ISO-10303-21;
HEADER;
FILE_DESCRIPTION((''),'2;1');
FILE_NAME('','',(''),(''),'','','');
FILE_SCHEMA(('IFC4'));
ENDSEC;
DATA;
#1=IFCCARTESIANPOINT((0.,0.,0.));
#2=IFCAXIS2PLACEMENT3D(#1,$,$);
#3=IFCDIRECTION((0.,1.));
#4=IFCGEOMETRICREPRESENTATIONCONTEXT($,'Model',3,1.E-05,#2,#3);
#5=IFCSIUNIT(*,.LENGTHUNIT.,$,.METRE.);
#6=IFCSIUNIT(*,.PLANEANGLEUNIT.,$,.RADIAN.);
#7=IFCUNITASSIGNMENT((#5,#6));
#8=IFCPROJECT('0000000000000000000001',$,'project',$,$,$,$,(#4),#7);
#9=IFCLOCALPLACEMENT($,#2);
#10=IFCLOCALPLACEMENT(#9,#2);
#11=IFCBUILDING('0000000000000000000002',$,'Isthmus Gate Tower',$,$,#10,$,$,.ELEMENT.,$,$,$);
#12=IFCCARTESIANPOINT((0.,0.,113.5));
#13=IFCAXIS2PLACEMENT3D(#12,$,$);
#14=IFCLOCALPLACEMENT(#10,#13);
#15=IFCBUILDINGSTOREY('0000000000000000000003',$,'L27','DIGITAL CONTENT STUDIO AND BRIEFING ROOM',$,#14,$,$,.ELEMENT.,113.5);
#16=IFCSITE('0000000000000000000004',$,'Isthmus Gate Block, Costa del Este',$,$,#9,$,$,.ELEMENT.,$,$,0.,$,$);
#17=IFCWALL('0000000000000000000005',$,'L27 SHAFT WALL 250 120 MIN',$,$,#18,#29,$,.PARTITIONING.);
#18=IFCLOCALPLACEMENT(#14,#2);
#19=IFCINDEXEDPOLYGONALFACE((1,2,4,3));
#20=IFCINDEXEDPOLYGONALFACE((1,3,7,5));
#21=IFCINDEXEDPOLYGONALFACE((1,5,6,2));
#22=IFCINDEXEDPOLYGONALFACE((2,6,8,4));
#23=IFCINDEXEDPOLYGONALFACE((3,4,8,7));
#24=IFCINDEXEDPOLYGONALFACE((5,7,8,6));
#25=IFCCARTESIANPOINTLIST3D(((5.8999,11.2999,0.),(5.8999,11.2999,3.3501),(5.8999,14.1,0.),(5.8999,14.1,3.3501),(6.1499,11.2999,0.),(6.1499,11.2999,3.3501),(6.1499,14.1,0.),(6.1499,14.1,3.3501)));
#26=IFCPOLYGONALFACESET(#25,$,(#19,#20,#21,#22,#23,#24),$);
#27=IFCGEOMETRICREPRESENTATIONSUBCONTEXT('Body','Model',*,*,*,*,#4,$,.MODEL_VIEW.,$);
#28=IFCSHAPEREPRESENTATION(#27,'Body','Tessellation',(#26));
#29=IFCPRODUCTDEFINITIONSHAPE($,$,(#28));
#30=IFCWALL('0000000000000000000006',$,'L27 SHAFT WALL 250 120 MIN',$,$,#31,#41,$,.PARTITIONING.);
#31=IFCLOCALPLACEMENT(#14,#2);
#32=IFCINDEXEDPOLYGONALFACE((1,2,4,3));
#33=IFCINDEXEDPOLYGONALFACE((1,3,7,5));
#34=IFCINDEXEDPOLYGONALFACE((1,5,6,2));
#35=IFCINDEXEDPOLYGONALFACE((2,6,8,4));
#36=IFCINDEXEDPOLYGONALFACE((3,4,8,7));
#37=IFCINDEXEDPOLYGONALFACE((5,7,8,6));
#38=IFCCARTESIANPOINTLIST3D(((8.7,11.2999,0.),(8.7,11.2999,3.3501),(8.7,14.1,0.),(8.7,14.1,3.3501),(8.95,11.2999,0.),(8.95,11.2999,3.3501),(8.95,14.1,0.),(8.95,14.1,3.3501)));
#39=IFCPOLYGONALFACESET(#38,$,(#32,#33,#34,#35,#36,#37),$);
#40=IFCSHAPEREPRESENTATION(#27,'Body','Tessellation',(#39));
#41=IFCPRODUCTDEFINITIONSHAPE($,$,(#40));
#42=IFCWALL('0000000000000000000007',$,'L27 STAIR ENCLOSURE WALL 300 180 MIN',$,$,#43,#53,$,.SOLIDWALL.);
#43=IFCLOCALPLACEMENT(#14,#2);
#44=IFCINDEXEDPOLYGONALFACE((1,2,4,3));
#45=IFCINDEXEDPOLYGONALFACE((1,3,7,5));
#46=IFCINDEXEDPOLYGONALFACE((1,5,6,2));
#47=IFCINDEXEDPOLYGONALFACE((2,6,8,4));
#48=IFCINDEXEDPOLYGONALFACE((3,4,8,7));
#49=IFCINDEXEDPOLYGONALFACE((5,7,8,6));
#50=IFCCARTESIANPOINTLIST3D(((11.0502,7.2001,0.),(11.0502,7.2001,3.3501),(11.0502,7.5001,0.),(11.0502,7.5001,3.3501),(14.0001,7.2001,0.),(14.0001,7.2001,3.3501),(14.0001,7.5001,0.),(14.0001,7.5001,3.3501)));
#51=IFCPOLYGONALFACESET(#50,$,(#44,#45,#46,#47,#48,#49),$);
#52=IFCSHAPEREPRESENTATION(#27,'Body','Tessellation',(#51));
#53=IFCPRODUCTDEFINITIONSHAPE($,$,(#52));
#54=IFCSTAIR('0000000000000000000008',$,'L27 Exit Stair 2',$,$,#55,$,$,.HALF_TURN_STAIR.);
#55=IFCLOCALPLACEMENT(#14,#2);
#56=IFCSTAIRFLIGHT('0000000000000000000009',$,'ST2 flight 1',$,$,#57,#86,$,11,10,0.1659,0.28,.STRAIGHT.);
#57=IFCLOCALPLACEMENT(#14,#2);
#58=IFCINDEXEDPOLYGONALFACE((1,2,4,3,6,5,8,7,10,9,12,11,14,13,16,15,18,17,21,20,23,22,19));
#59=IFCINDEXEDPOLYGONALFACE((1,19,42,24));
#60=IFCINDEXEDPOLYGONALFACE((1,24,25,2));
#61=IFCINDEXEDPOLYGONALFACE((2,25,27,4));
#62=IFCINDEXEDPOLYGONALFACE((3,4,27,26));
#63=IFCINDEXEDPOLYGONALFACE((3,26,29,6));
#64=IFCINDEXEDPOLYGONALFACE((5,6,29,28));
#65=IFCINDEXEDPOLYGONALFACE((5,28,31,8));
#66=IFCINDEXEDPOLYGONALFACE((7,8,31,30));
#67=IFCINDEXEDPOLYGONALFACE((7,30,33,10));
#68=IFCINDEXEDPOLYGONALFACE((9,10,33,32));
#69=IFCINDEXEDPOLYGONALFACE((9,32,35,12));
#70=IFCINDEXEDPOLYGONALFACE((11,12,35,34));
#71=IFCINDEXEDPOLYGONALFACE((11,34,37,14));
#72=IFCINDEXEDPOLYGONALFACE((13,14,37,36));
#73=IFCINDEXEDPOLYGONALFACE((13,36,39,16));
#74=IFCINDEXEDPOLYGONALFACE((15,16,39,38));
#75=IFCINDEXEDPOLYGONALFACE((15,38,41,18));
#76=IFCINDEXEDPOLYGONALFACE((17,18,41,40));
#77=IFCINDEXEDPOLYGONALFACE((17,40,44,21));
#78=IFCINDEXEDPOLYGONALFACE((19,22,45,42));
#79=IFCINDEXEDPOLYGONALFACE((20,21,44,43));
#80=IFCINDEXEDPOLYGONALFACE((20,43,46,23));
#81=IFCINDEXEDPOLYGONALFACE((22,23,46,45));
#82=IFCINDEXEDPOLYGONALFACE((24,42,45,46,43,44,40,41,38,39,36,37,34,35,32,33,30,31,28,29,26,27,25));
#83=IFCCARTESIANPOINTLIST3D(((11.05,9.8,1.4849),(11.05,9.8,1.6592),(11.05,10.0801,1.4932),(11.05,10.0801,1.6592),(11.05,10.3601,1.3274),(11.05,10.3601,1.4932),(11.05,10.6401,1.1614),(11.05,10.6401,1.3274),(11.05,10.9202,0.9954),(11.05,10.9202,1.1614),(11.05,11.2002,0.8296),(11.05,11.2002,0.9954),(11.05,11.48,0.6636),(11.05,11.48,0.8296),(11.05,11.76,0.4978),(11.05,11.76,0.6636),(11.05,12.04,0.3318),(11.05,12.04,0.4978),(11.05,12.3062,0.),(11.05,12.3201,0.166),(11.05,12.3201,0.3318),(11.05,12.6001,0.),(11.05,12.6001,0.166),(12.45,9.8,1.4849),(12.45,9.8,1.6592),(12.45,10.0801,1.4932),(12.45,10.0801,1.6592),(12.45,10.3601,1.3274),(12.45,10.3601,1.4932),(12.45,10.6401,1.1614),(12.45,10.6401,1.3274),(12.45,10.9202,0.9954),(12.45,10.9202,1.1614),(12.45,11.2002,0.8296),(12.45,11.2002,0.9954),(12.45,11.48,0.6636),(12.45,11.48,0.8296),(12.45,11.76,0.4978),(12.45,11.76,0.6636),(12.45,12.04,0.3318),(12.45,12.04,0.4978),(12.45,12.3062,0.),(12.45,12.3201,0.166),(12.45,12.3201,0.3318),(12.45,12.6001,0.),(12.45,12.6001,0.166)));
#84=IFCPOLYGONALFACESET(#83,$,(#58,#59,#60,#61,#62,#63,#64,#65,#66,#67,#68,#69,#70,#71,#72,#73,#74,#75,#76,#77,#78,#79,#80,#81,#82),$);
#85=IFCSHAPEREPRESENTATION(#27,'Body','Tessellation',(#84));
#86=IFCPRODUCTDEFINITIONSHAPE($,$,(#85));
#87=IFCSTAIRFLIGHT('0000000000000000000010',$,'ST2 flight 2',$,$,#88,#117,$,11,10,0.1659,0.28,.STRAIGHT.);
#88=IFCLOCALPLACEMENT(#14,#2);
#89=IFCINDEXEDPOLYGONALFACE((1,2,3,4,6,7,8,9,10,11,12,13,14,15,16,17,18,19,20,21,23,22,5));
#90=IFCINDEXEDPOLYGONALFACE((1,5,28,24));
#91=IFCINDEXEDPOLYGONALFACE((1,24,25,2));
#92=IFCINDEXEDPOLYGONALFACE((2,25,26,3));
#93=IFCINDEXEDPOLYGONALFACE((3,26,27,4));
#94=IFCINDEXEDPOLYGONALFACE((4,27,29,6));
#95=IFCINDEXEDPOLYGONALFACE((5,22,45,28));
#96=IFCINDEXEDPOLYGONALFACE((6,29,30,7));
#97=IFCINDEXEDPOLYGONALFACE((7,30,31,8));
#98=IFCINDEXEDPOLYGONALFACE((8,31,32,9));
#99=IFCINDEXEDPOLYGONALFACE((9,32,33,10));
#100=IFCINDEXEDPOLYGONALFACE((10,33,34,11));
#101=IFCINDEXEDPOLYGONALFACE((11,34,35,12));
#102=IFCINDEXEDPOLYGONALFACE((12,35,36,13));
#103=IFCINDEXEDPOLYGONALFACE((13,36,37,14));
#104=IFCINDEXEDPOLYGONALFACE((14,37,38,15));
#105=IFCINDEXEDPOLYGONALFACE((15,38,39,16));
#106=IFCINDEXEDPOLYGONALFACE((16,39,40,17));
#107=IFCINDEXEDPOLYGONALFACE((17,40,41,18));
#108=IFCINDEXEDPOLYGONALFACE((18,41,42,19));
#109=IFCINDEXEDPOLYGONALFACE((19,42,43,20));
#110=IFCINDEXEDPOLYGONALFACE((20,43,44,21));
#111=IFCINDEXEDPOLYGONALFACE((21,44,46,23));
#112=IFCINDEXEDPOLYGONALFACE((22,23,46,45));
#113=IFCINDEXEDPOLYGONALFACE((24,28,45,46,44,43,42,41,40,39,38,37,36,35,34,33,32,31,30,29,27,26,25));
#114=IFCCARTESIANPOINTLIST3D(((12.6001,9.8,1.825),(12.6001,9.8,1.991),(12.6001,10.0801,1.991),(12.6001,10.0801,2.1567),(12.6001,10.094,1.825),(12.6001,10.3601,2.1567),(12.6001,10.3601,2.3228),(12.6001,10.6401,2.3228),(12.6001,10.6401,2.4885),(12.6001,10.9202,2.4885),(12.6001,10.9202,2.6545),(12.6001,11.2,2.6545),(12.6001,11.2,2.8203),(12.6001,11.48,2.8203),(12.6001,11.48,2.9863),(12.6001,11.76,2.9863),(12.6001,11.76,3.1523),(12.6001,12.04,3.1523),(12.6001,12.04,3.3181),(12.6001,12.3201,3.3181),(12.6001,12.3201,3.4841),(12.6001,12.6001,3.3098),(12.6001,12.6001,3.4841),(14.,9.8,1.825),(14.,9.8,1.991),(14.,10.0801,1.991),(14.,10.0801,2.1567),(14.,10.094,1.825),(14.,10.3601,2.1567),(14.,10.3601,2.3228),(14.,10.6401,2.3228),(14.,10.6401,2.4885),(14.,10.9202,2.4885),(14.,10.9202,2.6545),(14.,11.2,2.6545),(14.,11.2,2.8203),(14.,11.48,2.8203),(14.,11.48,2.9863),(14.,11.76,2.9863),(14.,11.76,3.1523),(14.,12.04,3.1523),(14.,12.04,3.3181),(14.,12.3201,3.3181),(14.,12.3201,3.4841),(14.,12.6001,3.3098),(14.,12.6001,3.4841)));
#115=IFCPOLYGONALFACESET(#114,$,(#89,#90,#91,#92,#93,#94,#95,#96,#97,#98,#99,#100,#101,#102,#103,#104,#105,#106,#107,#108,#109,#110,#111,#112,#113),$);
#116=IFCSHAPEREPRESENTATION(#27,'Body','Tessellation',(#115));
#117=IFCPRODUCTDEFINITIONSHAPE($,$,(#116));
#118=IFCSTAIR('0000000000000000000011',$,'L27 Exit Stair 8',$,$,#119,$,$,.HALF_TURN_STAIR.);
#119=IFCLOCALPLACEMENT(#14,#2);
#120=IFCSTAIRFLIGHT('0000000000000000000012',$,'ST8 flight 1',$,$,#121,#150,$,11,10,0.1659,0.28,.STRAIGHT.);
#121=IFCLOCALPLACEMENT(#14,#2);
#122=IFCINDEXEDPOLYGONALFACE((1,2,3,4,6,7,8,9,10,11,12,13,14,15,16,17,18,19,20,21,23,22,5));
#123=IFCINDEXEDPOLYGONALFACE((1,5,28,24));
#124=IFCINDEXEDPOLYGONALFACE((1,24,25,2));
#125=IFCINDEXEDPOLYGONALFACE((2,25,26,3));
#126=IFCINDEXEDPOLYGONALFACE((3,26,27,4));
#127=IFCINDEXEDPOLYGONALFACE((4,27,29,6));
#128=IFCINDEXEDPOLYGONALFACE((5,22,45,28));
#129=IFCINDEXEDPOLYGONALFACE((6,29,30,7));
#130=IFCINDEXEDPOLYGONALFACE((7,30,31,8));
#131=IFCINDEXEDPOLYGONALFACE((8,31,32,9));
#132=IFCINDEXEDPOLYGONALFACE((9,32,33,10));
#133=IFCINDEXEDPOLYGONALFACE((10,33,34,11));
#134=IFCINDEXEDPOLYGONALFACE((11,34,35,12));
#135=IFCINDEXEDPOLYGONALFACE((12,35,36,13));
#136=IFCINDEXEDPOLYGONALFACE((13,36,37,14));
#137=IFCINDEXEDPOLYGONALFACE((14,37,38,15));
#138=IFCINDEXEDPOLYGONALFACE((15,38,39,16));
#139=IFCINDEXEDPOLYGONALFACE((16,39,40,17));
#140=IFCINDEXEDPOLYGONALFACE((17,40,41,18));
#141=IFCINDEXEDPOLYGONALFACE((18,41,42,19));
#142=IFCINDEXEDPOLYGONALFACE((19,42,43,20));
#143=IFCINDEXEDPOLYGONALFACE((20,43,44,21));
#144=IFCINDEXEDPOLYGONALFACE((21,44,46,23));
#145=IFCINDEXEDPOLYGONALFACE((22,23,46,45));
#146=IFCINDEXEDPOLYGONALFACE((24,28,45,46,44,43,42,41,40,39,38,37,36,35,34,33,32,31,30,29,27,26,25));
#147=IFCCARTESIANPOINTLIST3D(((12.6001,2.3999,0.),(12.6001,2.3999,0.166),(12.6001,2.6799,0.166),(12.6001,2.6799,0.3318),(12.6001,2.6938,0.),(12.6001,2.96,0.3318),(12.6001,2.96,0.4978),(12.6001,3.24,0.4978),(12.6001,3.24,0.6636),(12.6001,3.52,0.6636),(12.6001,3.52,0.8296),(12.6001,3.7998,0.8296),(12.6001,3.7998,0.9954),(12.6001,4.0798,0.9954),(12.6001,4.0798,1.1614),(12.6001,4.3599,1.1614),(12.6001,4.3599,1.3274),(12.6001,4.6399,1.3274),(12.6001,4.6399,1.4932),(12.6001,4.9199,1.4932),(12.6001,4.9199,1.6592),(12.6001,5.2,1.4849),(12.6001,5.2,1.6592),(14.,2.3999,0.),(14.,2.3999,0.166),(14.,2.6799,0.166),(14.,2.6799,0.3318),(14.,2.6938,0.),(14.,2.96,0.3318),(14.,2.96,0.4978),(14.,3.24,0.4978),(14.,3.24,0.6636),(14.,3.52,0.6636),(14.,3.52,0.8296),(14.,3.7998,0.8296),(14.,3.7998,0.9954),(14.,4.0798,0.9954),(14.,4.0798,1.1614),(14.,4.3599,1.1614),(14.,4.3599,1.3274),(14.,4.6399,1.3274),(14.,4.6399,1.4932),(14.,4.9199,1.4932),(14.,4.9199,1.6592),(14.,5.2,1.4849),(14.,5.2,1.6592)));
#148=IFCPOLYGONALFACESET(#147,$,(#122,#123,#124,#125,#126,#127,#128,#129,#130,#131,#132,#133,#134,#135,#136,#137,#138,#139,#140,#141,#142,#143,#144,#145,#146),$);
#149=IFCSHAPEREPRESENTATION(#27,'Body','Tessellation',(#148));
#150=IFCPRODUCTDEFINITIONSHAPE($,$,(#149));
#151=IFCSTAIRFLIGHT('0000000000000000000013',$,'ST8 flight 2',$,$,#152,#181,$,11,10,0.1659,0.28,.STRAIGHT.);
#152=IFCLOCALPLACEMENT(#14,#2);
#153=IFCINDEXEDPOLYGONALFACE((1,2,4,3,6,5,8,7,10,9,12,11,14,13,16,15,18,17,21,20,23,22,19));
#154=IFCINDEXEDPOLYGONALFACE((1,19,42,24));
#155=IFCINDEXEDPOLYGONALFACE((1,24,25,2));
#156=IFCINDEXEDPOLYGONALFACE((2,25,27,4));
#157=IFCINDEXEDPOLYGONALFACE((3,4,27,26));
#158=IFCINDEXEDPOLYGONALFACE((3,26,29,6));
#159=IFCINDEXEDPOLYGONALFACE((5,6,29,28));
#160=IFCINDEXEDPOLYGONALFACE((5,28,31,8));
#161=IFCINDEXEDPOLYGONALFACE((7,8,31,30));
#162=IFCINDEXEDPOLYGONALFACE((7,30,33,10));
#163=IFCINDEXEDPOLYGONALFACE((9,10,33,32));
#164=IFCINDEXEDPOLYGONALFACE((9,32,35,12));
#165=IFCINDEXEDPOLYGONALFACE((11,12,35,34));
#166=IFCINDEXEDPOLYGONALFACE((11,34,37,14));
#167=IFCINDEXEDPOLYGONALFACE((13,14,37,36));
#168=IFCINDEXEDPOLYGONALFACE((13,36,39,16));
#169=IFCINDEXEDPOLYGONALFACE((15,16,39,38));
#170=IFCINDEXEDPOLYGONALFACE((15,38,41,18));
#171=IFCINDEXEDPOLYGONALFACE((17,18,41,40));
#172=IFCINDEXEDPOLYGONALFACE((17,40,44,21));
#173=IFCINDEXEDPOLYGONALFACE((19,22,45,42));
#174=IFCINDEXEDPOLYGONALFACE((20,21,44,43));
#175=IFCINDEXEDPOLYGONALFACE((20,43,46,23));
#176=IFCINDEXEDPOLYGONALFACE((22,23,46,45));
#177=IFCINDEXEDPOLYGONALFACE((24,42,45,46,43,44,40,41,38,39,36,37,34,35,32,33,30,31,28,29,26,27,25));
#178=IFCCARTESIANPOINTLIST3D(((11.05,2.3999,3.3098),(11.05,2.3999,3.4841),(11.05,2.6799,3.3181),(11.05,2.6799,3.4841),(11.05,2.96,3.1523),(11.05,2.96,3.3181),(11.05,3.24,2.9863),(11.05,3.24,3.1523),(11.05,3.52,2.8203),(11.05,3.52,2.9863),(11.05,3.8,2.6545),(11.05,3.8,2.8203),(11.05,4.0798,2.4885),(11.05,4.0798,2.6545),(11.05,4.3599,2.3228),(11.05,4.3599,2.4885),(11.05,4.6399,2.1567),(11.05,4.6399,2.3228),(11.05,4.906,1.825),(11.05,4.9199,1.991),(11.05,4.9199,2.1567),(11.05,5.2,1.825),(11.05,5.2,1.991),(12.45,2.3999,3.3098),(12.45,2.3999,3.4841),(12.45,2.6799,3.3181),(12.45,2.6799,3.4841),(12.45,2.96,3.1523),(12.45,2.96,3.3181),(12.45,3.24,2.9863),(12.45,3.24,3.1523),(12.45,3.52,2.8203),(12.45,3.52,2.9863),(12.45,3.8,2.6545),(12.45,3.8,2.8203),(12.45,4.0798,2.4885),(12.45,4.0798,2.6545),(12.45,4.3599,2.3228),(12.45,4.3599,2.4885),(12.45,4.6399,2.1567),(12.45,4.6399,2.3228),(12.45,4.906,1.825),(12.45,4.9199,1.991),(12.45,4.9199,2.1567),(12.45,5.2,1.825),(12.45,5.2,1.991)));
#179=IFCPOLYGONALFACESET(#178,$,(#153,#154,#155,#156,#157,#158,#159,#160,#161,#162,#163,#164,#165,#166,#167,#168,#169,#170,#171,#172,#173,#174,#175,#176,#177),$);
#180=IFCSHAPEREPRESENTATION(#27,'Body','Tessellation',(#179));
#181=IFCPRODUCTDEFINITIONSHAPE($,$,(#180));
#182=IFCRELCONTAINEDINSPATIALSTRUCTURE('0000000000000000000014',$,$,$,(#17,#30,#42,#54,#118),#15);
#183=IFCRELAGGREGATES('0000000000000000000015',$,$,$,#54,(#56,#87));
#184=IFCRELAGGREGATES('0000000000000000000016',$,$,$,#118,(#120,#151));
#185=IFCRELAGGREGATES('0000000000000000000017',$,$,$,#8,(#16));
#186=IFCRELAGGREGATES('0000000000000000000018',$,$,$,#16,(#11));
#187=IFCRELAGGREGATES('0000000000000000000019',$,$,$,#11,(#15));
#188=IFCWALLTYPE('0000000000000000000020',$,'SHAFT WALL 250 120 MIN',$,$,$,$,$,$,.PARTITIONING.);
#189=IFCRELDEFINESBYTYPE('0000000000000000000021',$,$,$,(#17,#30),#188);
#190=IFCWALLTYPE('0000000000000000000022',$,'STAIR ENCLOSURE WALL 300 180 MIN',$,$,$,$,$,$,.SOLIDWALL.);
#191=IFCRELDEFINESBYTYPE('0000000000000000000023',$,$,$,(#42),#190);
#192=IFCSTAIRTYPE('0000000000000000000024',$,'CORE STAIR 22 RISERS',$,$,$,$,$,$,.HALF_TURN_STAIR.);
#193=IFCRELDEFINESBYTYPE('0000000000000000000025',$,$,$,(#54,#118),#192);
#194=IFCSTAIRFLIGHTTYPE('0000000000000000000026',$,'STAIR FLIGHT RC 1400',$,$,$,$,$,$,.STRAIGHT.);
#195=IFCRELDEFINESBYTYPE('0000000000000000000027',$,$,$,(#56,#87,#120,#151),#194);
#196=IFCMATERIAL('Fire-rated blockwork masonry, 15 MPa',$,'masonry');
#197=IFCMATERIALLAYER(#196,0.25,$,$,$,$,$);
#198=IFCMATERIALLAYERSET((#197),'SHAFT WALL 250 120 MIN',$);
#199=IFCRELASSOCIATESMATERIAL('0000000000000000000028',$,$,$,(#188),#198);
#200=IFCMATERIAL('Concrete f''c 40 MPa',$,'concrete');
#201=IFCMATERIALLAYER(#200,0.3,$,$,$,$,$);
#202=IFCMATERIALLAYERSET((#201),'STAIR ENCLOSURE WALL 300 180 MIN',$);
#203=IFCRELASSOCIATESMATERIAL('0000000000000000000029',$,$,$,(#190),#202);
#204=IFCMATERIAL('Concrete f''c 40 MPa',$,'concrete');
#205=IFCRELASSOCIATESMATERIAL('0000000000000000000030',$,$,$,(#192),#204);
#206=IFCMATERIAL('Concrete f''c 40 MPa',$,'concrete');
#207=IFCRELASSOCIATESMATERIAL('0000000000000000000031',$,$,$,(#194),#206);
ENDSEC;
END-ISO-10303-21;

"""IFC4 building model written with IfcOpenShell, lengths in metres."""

from ifc_helpers import new_model, si_unit, direction, frame, frame_2d, origin, place, context, subcontext, project, spatial, polyline, rectangle, outline, extrude, material, layer, layer_set, type_object, element, aggregate, save


model = new_model("IFC4")

# Units and contexts
model_context = context("Model", 3, precision=1e-05, world=origin(), true_north=direction((0.0, 1.0)))
body_context = subcontext(model_context, "Body", "Model", "MODEL_VIEW")
ifc_project = project(units=[si_unit("LENGTHUNIT", "METRE"), si_unit("PLANEANGLEUNIT", "RADIAN")], contexts=[model_context])

# Site, building, storey
site_placement = place(None, origin())
site = spatial("IfcSite", under=ifc_project, at=site_placement, Name="Isthmus Gate Block, Costa del Este", CompositionType="ELEMENT", RefElevation=0.0)
building_placement = place(site_placement, origin())
building = spatial("IfcBuilding", under=site, at=building_placement, Name="Isthmus Gate Tower", CompositionType="ELEMENT")
storey_placement = place(building_placement, frame((0.0, 0.0, 113.5)))
storey = spatial("IfcBuildingStorey", under=building, at=storey_placement, Name="L27", Description="DIGITAL CONTENT STUDIO AND BRIEFING ROOM", CompositionType="ELEMENT", Elevation=113.5)

# Walls
ifc_material_1 = material(Name="Fire-rated blockwork masonry, 15 MPa", Category="masonry")
ifc_layer_1 = layer(ifc_material_1, 0.25)
ifc_layer_set_1 = layer_set([ifc_layer_1], Name="SHAFT WALL 250 120 MIN")
wall_type_1 = type_object("IfcWallType", Name="SHAFT WALL 250 120 MIN", PredefinedType="PARTITIONING", material=ifc_layer_set_1)
for number, where, z_axis, x_axis, name in (
    (1, (6.0249, 11.3, 0.0), (0.0, 0.0, 1.0), (0.0, 1.0, 0.0), "L27 SHAFT WALL 250 120 MIN"),
    (2, (8.825, 11.3, 0.0), (0.0, 0.0, 1.0), (0.0, 1.0, 0.0), "L27 SHAFT WALL 250 120 MIN"),
):
    element("IfcWall", number, at=place(storey_placement, frame(where, z_axis=z_axis, x_axis=x_axis)), inside=storey, type_object=wall_type_1, Name=name, PredefinedType="PARTITIONING", context=body_context, shape_type="SweptSolid", body=[
        extrude(rectangle(XDim=2.8, YDim=0.25, at=frame_2d((1.3999, 0.0))), origin(), (0.0, 0.0, 1.0), 3.3501),
    ])
ifc_material_2 = material(Name="Concrete f'c 40 MPa", Category="concrete")
ifc_layer_2 = layer(ifc_material_2, 0.3)
ifc_layer_set_2 = layer_set([ifc_layer_2], Name="STAIR ENCLOSURE WALL 300 180 MIN")
wall_type_2 = type_object("IfcWallType", Name="STAIR ENCLOSURE WALL 300 180 MIN", PredefinedType="SOLIDWALL", material=ifc_layer_set_2)
wall_1_placement = place(storey_placement, frame((11.05, 7.3501, 0.0), z_axis=(0.0, 0.0, 1.0), x_axis=(1.0, 0.0, 0.0)))
element("IfcWall", 3, at=wall_1_placement, inside=storey, type_object=wall_type_2, Name="L27 STAIR ENCLOSURE WALL 300 180 MIN", PredefinedType="SOLIDWALL", context=body_context, shape_type="SweptSolid", body=[
    extrude(rectangle(XDim=2.95, YDim=0.3, at=frame_2d((1.4751, 0.0))), origin(), (0.0, 0.0, 1.0), 3.3501),
])

# Stairs, stair flights
ifc_material_3 = material(Name="Concrete f'c 40 MPa", Category="concrete")
stair_type = type_object("IfcStairType", Name="CORE STAIR 22 RISERS", PredefinedType="HALF_TURN_STAIR", material=ifc_material_3)
stair_1_placement = place(storey_placement, origin())
stair_1 = element("IfcStair", 4, at=stair_1_placement, inside=storey, type_object=stair_type, Name="L27 Exit Stair 2", PredefinedType="HALF_TURN_STAIR")
ifc_material_4 = material(Name="Concrete f'c 40 MPa", Category="concrete")
stair_flight_type = type_object("IfcStairFlightType", Name="STAIR FLIGHT RC 1400", PredefinedType="STRAIGHT", material=ifc_material_4)
stair_flight_1_placement = place(storey_placement, frame((11.75, 12.6001, 0.0), z_axis=(0.0, 0.0, 1.0), x_axis=(0.0, -1.0, 0.0)))
stair_flight_1 = element("IfcStairFlight", 5, at=stair_flight_1_placement, type_object=stair_flight_type, Name="ST2 flight 1", NumberOfRisers=11, NumberOfTreads=10, PredefinedType="STRAIGHT", RiserHeight=0.1659, TreadLength=0.28, context=body_context, shape_type="SweptSolid", body=[
    extrude(outline(polyline([(0.0, 0.0), (0.0, 0.166), (0.28, 0.166), (0.28, 0.3318), (0.5601, 0.3318), (0.5601, 0.4978), (0.8401, 0.4978), (0.8401, 0.6636), (1.1201, 0.6636), (1.1201, 0.8296), (1.3999, 0.8296), (1.3999, 0.9954), (1.6799, 0.9954), (1.6799, 1.1614), (1.96, 1.1614), (1.96, 1.3274), (2.24, 1.3274), (2.24, 1.4932), (2.52, 1.4932), (2.52, 1.6592), (2.8, 1.6592), (2.8, 1.825), (2.8, 1.4849), (0.2939, 0.0), (0.0, 0.0)])), frame((0.0, 0.7, 0.0), z_axis=(0.0, -1.0, 0.0), x_axis=(1.0, 0.0, 0.0)), (0.0, 0.0, 1.0), 1.3999),
])
stair_flight_2_placement = place(storey_placement, frame((13.3, 9.8, 1.825), z_axis=(0.0, 0.0, 1.0), x_axis=(0.0, 1.0, 0.0)))
stair_flight_2 = element("IfcStairFlight", 6, at=stair_flight_2_placement, type_object=stair_flight_type, Name="ST2 flight 2", NumberOfRisers=11, NumberOfTreads=10, PredefinedType="STRAIGHT", RiserHeight=0.1659, TreadLength=0.28, context=body_context, shape_type="SweptSolid", body=[
    extrude(outline(polyline([(0.0, 0.0), (0.0, 0.166), (0.28, 0.166), (0.28, 0.3318), (0.5601, 0.3318), (0.5601, 0.4978), (0.8401, 0.4978), (0.8401, 0.6636), (1.1201, 0.6636), (1.1201, 0.8296), (1.3999, 0.8296), (1.3999, 0.9954), (1.6799, 0.9954), (1.6799, 1.1614), (1.96, 1.1614), (1.96, 1.3274), (2.24, 1.3274), (2.24, 1.4932), (2.52, 1.4932), (2.52, 1.6592), (2.8, 1.6592), (2.8, 1.825), (2.8, 1.4849), (0.2939, 0.0), (0.0, 0.0)])), frame((0.0, 0.7, 0.0), z_axis=(0.0, -1.0, 0.0), x_axis=(1.0, 0.0, 0.0)), (0.0, 0.0, 1.0), 1.3999),
])
aggregate(stair_1, [stair_flight_1, stair_flight_2])
stair_2_placement = place(storey_placement, origin())
stair_2 = element("IfcStair", 7, at=stair_2_placement, inside=storey, type_object=stair_type, Name="L27 Exit Stair 8", PredefinedType="HALF_TURN_STAIR")
stair_flight_3_placement = place(storey_placement, frame((13.3, 2.3999, 0.0), z_axis=(0.0, 0.0, 1.0), x_axis=(0.0, 1.0, 0.0)))
stair_flight_3 = element("IfcStairFlight", 8, at=stair_flight_3_placement, type_object=stair_flight_type, Name="ST8 flight 1", NumberOfRisers=11, NumberOfTreads=10, PredefinedType="STRAIGHT", RiserHeight=0.1659, TreadLength=0.28, context=body_context, shape_type="SweptSolid", body=[
    extrude(outline(polyline([(0.0, 0.0), (0.0, 0.166), (0.28, 0.166), (0.28, 0.3318), (0.5601, 0.3318), (0.5601, 0.4978), (0.8401, 0.4978), (0.8401, 0.6636), (1.1201, 0.6636), (1.1201, 0.8296), (1.3999, 0.8296), (1.3999, 0.9954), (1.6799, 0.9954), (1.6799, 1.1614), (1.96, 1.1614), (1.96, 1.3274), (2.24, 1.3274), (2.24, 1.4932), (2.52, 1.4932), (2.52, 1.6592), (2.8, 1.6592), (2.8, 1.825), (2.8, 1.4849), (0.2939, 0.0), (0.0, 0.0)])), frame((0.0, 0.7, 0.0), z_axis=(0.0, -1.0, 0.0), x_axis=(1.0, 0.0, 0.0)), (0.0, 0.0, 1.0), 1.3999),
])
stair_flight_4_placement = place(storey_placement, frame((11.75, 5.2, 1.825), z_axis=(0.0, 0.0, 1.0), x_axis=(0.0, -1.0, 0.0)))
stair_flight_4 = element("IfcStairFlight", 9, at=stair_flight_4_placement, type_object=stair_flight_type, Name="ST8 flight 2", NumberOfRisers=11, NumberOfTreads=10, PredefinedType="STRAIGHT", RiserHeight=0.1659, TreadLength=0.28, context=body_context, shape_type="SweptSolid", body=[
    extrude(outline(polyline([(0.0, 0.0), (0.0, 0.166), (0.28, 0.166), (0.28, 0.3318), (0.5601, 0.3318), (0.5601, 0.4978), (0.8401, 0.4978), (0.8401, 0.6636), (1.1201, 0.6636), (1.1201, 0.8296), (1.3999, 0.8296), (1.3999, 0.9954), (1.6799, 0.9954), (1.6799, 1.1614), (1.96, 1.1614), (1.96, 1.3274), (2.24, 1.3274), (2.24, 1.4932), (2.52, 1.4932), (2.52, 1.6592), (2.8, 1.6592), (2.8, 1.825), (2.8, 1.4849), (0.2939, 0.0), (0.0, 0.0)])), frame((0.0, 0.7, 0.0), z_axis=(0.0, -1.0, 0.0), x_axis=(1.0, 0.0, 0.0)), (0.0, 0.0, 1.0), 1.3999),
])
aggregate(stair_2, [stair_flight_3, stair_flight_4])

save(model, "model.ifc")
